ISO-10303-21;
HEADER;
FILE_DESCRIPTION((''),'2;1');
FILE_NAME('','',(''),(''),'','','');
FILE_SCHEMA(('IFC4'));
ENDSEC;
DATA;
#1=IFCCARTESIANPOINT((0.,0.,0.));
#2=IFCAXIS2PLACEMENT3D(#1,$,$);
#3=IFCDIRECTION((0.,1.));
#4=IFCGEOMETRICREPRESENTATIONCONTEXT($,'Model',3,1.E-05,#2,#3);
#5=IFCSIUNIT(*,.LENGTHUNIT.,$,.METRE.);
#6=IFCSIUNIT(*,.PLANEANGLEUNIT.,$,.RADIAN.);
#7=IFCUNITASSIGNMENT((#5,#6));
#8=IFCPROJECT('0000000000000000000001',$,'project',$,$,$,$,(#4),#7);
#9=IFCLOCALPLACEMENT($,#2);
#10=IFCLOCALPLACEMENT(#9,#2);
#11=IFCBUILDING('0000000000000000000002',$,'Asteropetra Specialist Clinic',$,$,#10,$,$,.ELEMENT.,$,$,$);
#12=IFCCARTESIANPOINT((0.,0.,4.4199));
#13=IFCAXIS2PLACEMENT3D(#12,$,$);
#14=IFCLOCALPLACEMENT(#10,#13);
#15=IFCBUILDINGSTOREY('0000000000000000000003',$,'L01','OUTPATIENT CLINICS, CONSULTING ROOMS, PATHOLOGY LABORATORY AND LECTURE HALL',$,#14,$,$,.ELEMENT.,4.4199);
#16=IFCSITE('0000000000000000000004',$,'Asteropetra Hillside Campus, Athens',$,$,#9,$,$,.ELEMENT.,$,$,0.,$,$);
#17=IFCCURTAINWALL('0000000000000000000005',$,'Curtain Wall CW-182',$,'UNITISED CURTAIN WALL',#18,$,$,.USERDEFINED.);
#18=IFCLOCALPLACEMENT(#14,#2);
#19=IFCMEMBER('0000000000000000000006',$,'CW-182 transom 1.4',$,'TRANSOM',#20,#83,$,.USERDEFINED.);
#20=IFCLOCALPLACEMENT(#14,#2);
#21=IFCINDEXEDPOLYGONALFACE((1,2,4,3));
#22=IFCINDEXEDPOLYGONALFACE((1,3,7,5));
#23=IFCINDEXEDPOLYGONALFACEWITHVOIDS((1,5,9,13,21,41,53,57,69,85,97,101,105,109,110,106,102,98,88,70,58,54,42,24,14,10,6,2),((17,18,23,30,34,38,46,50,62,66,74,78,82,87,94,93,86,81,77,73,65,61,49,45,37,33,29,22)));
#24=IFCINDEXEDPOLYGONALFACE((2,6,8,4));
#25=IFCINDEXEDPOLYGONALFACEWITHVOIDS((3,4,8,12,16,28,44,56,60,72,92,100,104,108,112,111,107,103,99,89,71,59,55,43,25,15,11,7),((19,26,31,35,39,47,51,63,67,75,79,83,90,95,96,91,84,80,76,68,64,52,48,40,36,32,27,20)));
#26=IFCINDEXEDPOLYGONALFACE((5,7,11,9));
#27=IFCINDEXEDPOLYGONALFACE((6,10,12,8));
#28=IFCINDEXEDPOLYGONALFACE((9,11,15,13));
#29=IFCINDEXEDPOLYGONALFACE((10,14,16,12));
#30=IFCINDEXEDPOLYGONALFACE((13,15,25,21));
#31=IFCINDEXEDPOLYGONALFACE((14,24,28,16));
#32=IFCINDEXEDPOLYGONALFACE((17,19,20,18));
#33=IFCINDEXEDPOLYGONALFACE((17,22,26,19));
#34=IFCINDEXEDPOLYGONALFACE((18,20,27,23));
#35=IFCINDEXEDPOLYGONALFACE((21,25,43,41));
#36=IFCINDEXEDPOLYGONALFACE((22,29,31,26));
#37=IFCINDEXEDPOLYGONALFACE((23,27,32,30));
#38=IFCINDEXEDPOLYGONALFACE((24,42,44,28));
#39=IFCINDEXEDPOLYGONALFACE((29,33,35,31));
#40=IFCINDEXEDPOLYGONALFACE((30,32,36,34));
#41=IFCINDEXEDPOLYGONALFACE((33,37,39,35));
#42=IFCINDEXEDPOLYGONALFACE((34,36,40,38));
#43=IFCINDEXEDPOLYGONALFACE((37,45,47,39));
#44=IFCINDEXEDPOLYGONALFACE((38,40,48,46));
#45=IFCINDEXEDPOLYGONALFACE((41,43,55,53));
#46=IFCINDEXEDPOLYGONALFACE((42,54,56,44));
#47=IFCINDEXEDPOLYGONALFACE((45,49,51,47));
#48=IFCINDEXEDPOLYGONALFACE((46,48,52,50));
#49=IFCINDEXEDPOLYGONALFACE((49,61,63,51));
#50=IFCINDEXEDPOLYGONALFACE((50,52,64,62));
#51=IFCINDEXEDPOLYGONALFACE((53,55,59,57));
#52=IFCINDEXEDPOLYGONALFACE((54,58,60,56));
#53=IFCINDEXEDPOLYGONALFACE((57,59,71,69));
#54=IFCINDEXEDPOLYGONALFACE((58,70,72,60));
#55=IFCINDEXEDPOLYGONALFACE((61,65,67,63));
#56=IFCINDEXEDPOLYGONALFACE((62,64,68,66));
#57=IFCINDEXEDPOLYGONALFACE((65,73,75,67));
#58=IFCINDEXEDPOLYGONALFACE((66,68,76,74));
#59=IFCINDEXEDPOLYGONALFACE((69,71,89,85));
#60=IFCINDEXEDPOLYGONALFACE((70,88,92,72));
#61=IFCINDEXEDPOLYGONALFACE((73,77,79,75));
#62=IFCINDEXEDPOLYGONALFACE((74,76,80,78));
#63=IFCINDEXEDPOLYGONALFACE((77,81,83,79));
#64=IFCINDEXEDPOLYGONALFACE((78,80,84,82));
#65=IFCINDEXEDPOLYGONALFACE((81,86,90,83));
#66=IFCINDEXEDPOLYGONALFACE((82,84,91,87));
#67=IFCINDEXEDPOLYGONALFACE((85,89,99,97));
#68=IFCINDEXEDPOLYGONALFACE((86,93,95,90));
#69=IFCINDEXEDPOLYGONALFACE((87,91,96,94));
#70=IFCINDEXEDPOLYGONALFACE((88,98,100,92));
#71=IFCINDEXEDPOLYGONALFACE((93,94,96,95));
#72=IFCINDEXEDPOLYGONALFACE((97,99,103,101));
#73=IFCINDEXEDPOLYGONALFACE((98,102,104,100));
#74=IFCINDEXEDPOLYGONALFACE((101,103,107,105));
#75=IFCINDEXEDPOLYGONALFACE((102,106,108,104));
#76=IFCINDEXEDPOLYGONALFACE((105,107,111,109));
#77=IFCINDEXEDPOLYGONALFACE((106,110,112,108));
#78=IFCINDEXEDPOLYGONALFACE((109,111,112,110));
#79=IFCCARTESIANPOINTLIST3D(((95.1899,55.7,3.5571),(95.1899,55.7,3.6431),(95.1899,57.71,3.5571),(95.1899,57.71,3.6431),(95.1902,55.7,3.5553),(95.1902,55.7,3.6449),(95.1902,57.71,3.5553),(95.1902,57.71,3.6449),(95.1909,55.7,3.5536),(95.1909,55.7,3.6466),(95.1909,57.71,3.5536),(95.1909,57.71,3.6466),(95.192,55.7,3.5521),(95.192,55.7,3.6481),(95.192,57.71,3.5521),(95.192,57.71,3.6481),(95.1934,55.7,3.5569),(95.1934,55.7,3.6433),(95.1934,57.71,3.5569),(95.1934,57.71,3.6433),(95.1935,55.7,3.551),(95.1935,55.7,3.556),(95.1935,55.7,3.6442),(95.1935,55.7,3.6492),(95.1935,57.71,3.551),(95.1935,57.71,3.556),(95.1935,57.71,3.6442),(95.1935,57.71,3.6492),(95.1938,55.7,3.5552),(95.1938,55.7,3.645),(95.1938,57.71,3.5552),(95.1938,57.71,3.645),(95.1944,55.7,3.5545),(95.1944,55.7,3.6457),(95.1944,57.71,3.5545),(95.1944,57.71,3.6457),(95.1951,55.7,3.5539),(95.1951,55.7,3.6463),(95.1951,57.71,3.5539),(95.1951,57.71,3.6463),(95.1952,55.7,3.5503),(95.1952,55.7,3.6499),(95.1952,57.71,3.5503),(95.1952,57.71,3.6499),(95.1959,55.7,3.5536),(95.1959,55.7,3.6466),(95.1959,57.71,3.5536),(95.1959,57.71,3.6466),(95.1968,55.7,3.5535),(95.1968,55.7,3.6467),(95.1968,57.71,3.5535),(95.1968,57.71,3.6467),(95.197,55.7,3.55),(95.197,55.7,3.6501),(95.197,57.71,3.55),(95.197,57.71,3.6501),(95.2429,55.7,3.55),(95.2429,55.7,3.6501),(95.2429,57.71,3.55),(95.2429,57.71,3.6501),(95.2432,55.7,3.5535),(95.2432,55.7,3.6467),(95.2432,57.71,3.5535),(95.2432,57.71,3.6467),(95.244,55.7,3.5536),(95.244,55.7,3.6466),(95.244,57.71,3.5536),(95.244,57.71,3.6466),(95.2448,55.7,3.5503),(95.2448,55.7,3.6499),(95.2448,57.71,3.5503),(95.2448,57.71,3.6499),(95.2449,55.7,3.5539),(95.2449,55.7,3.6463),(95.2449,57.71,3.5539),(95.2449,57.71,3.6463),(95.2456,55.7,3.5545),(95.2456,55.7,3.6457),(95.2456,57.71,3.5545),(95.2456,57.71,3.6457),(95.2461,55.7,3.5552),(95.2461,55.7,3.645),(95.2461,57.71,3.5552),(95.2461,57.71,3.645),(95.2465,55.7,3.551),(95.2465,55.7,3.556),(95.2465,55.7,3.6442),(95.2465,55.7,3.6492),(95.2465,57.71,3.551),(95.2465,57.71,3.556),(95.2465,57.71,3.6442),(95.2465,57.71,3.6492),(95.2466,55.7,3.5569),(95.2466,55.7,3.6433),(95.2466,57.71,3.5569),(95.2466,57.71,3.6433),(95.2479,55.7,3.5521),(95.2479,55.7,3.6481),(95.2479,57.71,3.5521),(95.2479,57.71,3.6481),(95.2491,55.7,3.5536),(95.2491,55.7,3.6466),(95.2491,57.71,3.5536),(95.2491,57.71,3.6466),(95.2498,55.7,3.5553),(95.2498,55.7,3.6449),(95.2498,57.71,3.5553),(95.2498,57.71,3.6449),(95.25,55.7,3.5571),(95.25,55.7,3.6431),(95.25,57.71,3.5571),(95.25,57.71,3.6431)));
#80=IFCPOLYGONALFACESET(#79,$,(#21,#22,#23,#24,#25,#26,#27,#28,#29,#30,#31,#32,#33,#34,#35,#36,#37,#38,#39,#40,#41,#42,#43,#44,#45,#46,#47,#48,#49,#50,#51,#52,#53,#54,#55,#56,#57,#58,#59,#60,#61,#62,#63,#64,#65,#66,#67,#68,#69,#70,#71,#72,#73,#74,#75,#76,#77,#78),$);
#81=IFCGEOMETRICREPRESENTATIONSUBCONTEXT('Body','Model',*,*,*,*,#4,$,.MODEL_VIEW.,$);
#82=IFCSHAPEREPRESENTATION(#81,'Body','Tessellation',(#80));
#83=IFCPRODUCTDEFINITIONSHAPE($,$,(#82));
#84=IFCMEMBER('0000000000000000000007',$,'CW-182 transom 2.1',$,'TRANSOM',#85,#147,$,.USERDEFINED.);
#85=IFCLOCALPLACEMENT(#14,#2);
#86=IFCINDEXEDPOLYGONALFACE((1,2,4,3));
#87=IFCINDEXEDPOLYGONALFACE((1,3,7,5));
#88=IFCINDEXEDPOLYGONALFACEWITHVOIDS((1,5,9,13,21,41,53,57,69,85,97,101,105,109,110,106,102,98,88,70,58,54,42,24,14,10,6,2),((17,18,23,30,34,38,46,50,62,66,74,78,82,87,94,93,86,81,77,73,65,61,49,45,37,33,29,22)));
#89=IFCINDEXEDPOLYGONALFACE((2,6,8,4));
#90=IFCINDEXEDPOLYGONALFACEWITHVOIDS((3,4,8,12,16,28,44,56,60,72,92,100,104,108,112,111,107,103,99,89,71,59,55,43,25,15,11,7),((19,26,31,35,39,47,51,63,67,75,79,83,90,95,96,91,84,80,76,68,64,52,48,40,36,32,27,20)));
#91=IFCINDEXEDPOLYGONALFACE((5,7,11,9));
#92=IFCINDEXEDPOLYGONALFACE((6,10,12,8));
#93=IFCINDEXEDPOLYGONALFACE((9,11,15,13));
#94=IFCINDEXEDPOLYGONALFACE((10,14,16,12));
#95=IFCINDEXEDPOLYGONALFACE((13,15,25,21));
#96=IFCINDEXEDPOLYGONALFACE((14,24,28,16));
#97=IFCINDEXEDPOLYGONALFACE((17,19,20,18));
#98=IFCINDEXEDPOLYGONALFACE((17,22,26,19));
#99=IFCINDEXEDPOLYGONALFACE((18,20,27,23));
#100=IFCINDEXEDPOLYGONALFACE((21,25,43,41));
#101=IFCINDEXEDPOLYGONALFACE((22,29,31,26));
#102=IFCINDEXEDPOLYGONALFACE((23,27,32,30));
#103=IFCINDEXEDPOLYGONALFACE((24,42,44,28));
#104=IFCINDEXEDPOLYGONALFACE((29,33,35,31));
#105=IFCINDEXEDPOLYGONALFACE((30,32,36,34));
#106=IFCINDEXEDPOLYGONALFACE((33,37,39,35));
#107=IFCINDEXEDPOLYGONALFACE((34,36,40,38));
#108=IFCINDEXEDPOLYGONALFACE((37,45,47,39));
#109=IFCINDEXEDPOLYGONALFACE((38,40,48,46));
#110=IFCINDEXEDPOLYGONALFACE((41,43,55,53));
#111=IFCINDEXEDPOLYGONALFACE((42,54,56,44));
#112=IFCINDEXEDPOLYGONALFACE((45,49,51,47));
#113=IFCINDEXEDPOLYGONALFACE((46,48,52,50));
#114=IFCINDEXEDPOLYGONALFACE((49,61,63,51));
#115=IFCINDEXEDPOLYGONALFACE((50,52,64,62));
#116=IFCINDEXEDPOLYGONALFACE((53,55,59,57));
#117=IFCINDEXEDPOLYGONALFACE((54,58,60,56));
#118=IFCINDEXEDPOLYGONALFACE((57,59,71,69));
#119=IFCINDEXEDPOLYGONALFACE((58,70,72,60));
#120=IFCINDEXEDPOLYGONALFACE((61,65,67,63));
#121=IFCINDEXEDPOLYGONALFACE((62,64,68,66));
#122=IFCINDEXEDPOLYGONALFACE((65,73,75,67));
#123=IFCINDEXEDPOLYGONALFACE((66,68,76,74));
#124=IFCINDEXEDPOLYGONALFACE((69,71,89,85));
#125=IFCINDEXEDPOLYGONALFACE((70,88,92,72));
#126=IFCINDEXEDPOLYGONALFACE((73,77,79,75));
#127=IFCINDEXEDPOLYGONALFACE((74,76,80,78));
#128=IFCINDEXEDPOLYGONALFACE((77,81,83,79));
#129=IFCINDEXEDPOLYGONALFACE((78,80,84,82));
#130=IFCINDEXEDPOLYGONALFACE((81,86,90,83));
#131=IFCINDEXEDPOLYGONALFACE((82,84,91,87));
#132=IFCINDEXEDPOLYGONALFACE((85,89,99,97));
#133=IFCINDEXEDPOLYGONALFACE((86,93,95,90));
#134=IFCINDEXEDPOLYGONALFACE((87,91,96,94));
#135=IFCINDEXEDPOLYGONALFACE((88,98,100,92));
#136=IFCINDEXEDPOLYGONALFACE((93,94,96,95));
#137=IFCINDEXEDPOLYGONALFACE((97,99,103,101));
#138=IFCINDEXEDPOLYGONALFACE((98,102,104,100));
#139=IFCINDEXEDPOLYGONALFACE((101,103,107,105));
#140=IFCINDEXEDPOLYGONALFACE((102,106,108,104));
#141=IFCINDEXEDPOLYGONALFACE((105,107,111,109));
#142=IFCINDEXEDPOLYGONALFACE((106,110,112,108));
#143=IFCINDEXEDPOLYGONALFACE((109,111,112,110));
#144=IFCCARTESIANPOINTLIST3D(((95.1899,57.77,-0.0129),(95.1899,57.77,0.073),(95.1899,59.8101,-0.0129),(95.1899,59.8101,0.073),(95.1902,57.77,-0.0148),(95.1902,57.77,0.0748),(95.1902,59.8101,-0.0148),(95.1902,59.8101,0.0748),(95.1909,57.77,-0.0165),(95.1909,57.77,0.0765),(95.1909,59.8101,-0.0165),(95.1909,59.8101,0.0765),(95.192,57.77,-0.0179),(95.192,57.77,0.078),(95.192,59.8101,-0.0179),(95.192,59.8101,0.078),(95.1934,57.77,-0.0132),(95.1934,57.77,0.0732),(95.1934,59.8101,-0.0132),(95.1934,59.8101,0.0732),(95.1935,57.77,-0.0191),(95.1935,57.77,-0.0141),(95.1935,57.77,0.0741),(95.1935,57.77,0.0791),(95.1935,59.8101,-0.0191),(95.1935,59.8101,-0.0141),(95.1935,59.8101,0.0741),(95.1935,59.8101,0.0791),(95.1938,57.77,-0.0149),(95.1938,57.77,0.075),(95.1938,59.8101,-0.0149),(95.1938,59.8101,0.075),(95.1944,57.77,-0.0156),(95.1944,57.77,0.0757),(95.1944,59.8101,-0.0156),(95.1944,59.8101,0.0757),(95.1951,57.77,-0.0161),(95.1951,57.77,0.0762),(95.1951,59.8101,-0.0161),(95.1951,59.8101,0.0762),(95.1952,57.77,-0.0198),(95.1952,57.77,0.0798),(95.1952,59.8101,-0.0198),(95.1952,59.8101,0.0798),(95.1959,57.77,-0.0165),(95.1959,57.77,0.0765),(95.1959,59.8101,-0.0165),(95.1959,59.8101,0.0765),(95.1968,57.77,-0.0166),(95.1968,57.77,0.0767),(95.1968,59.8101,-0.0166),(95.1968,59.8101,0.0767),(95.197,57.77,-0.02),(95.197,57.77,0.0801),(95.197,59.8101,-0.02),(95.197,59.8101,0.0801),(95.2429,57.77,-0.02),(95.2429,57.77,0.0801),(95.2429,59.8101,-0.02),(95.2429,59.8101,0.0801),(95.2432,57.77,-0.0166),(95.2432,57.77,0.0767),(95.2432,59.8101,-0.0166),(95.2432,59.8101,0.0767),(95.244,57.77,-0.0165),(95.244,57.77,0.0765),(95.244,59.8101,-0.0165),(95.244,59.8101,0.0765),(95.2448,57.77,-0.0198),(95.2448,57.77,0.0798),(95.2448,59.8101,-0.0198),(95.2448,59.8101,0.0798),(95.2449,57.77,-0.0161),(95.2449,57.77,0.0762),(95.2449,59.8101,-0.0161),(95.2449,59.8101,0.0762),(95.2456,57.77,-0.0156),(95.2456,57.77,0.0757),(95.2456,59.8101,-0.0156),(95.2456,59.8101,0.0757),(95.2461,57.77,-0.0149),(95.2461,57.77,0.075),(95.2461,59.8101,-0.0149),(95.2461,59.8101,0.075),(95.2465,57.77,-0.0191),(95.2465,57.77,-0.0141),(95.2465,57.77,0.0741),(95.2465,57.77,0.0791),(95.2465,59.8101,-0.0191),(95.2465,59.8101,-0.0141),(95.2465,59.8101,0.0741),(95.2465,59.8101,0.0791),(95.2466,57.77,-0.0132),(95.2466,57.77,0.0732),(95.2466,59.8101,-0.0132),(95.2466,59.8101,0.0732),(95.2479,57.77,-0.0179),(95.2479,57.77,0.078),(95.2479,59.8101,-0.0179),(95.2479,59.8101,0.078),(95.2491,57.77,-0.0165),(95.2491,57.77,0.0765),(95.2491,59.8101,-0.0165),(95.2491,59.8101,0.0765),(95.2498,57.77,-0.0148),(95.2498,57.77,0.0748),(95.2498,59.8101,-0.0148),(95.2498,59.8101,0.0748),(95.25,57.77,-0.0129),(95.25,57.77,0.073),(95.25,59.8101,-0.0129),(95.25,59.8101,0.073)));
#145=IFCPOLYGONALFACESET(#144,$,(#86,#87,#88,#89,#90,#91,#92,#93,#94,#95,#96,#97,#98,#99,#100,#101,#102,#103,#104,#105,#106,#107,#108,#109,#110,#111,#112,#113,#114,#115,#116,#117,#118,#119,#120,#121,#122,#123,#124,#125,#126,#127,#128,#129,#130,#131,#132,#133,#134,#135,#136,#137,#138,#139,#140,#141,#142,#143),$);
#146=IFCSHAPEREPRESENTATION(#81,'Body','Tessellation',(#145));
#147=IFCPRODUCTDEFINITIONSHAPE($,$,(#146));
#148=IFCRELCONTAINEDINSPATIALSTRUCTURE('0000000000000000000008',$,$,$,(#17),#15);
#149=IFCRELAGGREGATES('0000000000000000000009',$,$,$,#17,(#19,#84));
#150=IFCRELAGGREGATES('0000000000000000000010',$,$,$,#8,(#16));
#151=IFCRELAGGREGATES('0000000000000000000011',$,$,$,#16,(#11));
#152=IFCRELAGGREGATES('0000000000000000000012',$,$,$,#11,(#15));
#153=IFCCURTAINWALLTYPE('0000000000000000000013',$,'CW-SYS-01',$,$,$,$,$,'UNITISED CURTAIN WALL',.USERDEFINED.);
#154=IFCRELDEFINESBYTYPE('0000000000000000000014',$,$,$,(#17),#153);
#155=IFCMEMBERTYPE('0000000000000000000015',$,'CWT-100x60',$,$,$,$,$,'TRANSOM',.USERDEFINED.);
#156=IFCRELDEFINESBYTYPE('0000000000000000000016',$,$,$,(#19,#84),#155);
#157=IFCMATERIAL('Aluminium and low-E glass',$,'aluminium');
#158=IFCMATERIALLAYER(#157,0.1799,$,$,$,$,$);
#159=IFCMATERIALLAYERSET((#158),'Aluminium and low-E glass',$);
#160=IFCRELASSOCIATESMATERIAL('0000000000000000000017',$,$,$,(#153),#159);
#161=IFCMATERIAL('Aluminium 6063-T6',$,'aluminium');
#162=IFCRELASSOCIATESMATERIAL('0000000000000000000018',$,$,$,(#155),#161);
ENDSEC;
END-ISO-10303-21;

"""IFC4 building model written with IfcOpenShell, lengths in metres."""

from ifc_helpers import new_model, si_unit, direction, frame, origin, origin_2d, place, context, subcontext, project, spatial, hollow_rectangle, extrude, material, layer, layer_set, material_profile, profile_set, type_object, element, aggregate, save


model = new_model("IFC4")

# Units and contexts
model_context = context("Model", 3, precision=1e-05, world=origin(), true_north=direction((0.0, 1.0)))
body_context = subcontext(model_context, "Body", "Model", "MODEL_VIEW")
ifc_project = project(units=[si_unit("LENGTHUNIT", "METRE"), si_unit("PLANEANGLEUNIT", "RADIAN")], contexts=[model_context])

# Site, building, storey
site_placement = place(None, origin())
site = spatial("IfcSite", under=ifc_project, at=site_placement, Name="Asteropetra Hillside Campus, Athens", CompositionType="ELEMENT", RefElevation=0.0)
building_placement = place(site_placement, origin())
building = spatial("IfcBuilding", under=site, at=building_placement, Name="Asteropetra Specialist Clinic", CompositionType="ELEMENT")
storey_placement = place(building_placement, frame((0.0, 0.0, 4.4199)))
storey = spatial("IfcBuildingStorey", under=building, at=storey_placement, Name="L01", Description="OUTPATIENT CLINICS, CONSULTING ROOMS, PATHOLOGY LABORATORY AND LECTURE HALL", CompositionType="ELEMENT", Elevation=4.4199)

# Curtain wall, members
ifc_material_1 = material(Name="Aluminium and low-E glass", Category="aluminium")
ifc_layer_1 = layer(ifc_material_1, 0.1799)
ifc_layer_set_1 = layer_set([ifc_layer_1], Name="Aluminium and low-E glass")
curtain_wall_type = type_object("IfcCurtainWallType", Name="CW-SYS-01", ElementType="UNITISED CURTAIN WALL", PredefinedType="USERDEFINED", material=ifc_layer_set_1)
curtain_wall_placement = place(storey_placement, origin())
curtain_wall = element("IfcCurtainWall", 1, at=curtain_wall_placement, inside=storey, type_object=curtain_wall_type, Name="Curtain Wall CW-182", ObjectType="UNITISED CURTAIN WALL", PredefinedType="USERDEFINED")
ifc_material_2 = material(Name="Aluminium 6063-T6", Category="aluminium")
ifc_material_profile_1 = material_profile(ifc_material_2, hollow_rectangle(XDim=0.0601, YDim=0.1001, WallThickness=0.0034, InnerFilletRadius=0.0034, OuterFilletRadius=0.0071, at=origin_2d()), Name="TRN 100x60x3.5")
ifc_profile_set_1 = profile_set([ifc_material_profile_1], Name="Aluminium 6063-T6")
member_type_1 = type_object("IfcMemberType", Name="CWT-100x60", ElementType="TRANSOM", PredefinedType="USERDEFINED", material=ifc_profile_set_1)
member_1_placement = place(storey_placement, frame((95.22, 55.7, 3.6001), z_axis=(0.0, 1.0, 0.0), x_axis=(-1.0, 0.0, 0.0)))
member_1 = element("IfcMember", 2, at=member_1_placement, type_object=member_type_1, Name="CW-182 transom 1.4", ObjectType="TRANSOM", PredefinedType="USERDEFINED", context=body_context, shape_type="SweptSolid", body=[
    extrude(hollow_rectangle(XDim=0.0601, YDim=0.1001, WallThickness=0.0034, InnerFilletRadius=0.0034, OuterFilletRadius=0.0071, at=origin_2d()), origin(), (0.0, 0.0, 1.0), 2.01),
])
member_2_placement = place(storey_placement, frame((95.22, 57.77, 0.03), z_axis=(0.0, 1.0, 0.0), x_axis=(-1.0, 0.0, 0.0)))
member_2 = element("IfcMember", 3, at=member_2_placement, type_object=member_type_1, Name="CW-182 transom 2.1", ObjectType="TRANSOM", PredefinedType="USERDEFINED", context=body_context, shape_type="SweptSolid", body=[
    extrude(hollow_rectangle(XDim=0.0601, YDim=0.1001, WallThickness=0.0034, InnerFilletRadius=0.0034, OuterFilletRadius=0.0071, at=origin_2d()), origin(), (0.0, 0.0, 1.0), 2.04),
])
aggregate(curtain_wall, [member_1, member_2])

save(model, "model.ifc")
